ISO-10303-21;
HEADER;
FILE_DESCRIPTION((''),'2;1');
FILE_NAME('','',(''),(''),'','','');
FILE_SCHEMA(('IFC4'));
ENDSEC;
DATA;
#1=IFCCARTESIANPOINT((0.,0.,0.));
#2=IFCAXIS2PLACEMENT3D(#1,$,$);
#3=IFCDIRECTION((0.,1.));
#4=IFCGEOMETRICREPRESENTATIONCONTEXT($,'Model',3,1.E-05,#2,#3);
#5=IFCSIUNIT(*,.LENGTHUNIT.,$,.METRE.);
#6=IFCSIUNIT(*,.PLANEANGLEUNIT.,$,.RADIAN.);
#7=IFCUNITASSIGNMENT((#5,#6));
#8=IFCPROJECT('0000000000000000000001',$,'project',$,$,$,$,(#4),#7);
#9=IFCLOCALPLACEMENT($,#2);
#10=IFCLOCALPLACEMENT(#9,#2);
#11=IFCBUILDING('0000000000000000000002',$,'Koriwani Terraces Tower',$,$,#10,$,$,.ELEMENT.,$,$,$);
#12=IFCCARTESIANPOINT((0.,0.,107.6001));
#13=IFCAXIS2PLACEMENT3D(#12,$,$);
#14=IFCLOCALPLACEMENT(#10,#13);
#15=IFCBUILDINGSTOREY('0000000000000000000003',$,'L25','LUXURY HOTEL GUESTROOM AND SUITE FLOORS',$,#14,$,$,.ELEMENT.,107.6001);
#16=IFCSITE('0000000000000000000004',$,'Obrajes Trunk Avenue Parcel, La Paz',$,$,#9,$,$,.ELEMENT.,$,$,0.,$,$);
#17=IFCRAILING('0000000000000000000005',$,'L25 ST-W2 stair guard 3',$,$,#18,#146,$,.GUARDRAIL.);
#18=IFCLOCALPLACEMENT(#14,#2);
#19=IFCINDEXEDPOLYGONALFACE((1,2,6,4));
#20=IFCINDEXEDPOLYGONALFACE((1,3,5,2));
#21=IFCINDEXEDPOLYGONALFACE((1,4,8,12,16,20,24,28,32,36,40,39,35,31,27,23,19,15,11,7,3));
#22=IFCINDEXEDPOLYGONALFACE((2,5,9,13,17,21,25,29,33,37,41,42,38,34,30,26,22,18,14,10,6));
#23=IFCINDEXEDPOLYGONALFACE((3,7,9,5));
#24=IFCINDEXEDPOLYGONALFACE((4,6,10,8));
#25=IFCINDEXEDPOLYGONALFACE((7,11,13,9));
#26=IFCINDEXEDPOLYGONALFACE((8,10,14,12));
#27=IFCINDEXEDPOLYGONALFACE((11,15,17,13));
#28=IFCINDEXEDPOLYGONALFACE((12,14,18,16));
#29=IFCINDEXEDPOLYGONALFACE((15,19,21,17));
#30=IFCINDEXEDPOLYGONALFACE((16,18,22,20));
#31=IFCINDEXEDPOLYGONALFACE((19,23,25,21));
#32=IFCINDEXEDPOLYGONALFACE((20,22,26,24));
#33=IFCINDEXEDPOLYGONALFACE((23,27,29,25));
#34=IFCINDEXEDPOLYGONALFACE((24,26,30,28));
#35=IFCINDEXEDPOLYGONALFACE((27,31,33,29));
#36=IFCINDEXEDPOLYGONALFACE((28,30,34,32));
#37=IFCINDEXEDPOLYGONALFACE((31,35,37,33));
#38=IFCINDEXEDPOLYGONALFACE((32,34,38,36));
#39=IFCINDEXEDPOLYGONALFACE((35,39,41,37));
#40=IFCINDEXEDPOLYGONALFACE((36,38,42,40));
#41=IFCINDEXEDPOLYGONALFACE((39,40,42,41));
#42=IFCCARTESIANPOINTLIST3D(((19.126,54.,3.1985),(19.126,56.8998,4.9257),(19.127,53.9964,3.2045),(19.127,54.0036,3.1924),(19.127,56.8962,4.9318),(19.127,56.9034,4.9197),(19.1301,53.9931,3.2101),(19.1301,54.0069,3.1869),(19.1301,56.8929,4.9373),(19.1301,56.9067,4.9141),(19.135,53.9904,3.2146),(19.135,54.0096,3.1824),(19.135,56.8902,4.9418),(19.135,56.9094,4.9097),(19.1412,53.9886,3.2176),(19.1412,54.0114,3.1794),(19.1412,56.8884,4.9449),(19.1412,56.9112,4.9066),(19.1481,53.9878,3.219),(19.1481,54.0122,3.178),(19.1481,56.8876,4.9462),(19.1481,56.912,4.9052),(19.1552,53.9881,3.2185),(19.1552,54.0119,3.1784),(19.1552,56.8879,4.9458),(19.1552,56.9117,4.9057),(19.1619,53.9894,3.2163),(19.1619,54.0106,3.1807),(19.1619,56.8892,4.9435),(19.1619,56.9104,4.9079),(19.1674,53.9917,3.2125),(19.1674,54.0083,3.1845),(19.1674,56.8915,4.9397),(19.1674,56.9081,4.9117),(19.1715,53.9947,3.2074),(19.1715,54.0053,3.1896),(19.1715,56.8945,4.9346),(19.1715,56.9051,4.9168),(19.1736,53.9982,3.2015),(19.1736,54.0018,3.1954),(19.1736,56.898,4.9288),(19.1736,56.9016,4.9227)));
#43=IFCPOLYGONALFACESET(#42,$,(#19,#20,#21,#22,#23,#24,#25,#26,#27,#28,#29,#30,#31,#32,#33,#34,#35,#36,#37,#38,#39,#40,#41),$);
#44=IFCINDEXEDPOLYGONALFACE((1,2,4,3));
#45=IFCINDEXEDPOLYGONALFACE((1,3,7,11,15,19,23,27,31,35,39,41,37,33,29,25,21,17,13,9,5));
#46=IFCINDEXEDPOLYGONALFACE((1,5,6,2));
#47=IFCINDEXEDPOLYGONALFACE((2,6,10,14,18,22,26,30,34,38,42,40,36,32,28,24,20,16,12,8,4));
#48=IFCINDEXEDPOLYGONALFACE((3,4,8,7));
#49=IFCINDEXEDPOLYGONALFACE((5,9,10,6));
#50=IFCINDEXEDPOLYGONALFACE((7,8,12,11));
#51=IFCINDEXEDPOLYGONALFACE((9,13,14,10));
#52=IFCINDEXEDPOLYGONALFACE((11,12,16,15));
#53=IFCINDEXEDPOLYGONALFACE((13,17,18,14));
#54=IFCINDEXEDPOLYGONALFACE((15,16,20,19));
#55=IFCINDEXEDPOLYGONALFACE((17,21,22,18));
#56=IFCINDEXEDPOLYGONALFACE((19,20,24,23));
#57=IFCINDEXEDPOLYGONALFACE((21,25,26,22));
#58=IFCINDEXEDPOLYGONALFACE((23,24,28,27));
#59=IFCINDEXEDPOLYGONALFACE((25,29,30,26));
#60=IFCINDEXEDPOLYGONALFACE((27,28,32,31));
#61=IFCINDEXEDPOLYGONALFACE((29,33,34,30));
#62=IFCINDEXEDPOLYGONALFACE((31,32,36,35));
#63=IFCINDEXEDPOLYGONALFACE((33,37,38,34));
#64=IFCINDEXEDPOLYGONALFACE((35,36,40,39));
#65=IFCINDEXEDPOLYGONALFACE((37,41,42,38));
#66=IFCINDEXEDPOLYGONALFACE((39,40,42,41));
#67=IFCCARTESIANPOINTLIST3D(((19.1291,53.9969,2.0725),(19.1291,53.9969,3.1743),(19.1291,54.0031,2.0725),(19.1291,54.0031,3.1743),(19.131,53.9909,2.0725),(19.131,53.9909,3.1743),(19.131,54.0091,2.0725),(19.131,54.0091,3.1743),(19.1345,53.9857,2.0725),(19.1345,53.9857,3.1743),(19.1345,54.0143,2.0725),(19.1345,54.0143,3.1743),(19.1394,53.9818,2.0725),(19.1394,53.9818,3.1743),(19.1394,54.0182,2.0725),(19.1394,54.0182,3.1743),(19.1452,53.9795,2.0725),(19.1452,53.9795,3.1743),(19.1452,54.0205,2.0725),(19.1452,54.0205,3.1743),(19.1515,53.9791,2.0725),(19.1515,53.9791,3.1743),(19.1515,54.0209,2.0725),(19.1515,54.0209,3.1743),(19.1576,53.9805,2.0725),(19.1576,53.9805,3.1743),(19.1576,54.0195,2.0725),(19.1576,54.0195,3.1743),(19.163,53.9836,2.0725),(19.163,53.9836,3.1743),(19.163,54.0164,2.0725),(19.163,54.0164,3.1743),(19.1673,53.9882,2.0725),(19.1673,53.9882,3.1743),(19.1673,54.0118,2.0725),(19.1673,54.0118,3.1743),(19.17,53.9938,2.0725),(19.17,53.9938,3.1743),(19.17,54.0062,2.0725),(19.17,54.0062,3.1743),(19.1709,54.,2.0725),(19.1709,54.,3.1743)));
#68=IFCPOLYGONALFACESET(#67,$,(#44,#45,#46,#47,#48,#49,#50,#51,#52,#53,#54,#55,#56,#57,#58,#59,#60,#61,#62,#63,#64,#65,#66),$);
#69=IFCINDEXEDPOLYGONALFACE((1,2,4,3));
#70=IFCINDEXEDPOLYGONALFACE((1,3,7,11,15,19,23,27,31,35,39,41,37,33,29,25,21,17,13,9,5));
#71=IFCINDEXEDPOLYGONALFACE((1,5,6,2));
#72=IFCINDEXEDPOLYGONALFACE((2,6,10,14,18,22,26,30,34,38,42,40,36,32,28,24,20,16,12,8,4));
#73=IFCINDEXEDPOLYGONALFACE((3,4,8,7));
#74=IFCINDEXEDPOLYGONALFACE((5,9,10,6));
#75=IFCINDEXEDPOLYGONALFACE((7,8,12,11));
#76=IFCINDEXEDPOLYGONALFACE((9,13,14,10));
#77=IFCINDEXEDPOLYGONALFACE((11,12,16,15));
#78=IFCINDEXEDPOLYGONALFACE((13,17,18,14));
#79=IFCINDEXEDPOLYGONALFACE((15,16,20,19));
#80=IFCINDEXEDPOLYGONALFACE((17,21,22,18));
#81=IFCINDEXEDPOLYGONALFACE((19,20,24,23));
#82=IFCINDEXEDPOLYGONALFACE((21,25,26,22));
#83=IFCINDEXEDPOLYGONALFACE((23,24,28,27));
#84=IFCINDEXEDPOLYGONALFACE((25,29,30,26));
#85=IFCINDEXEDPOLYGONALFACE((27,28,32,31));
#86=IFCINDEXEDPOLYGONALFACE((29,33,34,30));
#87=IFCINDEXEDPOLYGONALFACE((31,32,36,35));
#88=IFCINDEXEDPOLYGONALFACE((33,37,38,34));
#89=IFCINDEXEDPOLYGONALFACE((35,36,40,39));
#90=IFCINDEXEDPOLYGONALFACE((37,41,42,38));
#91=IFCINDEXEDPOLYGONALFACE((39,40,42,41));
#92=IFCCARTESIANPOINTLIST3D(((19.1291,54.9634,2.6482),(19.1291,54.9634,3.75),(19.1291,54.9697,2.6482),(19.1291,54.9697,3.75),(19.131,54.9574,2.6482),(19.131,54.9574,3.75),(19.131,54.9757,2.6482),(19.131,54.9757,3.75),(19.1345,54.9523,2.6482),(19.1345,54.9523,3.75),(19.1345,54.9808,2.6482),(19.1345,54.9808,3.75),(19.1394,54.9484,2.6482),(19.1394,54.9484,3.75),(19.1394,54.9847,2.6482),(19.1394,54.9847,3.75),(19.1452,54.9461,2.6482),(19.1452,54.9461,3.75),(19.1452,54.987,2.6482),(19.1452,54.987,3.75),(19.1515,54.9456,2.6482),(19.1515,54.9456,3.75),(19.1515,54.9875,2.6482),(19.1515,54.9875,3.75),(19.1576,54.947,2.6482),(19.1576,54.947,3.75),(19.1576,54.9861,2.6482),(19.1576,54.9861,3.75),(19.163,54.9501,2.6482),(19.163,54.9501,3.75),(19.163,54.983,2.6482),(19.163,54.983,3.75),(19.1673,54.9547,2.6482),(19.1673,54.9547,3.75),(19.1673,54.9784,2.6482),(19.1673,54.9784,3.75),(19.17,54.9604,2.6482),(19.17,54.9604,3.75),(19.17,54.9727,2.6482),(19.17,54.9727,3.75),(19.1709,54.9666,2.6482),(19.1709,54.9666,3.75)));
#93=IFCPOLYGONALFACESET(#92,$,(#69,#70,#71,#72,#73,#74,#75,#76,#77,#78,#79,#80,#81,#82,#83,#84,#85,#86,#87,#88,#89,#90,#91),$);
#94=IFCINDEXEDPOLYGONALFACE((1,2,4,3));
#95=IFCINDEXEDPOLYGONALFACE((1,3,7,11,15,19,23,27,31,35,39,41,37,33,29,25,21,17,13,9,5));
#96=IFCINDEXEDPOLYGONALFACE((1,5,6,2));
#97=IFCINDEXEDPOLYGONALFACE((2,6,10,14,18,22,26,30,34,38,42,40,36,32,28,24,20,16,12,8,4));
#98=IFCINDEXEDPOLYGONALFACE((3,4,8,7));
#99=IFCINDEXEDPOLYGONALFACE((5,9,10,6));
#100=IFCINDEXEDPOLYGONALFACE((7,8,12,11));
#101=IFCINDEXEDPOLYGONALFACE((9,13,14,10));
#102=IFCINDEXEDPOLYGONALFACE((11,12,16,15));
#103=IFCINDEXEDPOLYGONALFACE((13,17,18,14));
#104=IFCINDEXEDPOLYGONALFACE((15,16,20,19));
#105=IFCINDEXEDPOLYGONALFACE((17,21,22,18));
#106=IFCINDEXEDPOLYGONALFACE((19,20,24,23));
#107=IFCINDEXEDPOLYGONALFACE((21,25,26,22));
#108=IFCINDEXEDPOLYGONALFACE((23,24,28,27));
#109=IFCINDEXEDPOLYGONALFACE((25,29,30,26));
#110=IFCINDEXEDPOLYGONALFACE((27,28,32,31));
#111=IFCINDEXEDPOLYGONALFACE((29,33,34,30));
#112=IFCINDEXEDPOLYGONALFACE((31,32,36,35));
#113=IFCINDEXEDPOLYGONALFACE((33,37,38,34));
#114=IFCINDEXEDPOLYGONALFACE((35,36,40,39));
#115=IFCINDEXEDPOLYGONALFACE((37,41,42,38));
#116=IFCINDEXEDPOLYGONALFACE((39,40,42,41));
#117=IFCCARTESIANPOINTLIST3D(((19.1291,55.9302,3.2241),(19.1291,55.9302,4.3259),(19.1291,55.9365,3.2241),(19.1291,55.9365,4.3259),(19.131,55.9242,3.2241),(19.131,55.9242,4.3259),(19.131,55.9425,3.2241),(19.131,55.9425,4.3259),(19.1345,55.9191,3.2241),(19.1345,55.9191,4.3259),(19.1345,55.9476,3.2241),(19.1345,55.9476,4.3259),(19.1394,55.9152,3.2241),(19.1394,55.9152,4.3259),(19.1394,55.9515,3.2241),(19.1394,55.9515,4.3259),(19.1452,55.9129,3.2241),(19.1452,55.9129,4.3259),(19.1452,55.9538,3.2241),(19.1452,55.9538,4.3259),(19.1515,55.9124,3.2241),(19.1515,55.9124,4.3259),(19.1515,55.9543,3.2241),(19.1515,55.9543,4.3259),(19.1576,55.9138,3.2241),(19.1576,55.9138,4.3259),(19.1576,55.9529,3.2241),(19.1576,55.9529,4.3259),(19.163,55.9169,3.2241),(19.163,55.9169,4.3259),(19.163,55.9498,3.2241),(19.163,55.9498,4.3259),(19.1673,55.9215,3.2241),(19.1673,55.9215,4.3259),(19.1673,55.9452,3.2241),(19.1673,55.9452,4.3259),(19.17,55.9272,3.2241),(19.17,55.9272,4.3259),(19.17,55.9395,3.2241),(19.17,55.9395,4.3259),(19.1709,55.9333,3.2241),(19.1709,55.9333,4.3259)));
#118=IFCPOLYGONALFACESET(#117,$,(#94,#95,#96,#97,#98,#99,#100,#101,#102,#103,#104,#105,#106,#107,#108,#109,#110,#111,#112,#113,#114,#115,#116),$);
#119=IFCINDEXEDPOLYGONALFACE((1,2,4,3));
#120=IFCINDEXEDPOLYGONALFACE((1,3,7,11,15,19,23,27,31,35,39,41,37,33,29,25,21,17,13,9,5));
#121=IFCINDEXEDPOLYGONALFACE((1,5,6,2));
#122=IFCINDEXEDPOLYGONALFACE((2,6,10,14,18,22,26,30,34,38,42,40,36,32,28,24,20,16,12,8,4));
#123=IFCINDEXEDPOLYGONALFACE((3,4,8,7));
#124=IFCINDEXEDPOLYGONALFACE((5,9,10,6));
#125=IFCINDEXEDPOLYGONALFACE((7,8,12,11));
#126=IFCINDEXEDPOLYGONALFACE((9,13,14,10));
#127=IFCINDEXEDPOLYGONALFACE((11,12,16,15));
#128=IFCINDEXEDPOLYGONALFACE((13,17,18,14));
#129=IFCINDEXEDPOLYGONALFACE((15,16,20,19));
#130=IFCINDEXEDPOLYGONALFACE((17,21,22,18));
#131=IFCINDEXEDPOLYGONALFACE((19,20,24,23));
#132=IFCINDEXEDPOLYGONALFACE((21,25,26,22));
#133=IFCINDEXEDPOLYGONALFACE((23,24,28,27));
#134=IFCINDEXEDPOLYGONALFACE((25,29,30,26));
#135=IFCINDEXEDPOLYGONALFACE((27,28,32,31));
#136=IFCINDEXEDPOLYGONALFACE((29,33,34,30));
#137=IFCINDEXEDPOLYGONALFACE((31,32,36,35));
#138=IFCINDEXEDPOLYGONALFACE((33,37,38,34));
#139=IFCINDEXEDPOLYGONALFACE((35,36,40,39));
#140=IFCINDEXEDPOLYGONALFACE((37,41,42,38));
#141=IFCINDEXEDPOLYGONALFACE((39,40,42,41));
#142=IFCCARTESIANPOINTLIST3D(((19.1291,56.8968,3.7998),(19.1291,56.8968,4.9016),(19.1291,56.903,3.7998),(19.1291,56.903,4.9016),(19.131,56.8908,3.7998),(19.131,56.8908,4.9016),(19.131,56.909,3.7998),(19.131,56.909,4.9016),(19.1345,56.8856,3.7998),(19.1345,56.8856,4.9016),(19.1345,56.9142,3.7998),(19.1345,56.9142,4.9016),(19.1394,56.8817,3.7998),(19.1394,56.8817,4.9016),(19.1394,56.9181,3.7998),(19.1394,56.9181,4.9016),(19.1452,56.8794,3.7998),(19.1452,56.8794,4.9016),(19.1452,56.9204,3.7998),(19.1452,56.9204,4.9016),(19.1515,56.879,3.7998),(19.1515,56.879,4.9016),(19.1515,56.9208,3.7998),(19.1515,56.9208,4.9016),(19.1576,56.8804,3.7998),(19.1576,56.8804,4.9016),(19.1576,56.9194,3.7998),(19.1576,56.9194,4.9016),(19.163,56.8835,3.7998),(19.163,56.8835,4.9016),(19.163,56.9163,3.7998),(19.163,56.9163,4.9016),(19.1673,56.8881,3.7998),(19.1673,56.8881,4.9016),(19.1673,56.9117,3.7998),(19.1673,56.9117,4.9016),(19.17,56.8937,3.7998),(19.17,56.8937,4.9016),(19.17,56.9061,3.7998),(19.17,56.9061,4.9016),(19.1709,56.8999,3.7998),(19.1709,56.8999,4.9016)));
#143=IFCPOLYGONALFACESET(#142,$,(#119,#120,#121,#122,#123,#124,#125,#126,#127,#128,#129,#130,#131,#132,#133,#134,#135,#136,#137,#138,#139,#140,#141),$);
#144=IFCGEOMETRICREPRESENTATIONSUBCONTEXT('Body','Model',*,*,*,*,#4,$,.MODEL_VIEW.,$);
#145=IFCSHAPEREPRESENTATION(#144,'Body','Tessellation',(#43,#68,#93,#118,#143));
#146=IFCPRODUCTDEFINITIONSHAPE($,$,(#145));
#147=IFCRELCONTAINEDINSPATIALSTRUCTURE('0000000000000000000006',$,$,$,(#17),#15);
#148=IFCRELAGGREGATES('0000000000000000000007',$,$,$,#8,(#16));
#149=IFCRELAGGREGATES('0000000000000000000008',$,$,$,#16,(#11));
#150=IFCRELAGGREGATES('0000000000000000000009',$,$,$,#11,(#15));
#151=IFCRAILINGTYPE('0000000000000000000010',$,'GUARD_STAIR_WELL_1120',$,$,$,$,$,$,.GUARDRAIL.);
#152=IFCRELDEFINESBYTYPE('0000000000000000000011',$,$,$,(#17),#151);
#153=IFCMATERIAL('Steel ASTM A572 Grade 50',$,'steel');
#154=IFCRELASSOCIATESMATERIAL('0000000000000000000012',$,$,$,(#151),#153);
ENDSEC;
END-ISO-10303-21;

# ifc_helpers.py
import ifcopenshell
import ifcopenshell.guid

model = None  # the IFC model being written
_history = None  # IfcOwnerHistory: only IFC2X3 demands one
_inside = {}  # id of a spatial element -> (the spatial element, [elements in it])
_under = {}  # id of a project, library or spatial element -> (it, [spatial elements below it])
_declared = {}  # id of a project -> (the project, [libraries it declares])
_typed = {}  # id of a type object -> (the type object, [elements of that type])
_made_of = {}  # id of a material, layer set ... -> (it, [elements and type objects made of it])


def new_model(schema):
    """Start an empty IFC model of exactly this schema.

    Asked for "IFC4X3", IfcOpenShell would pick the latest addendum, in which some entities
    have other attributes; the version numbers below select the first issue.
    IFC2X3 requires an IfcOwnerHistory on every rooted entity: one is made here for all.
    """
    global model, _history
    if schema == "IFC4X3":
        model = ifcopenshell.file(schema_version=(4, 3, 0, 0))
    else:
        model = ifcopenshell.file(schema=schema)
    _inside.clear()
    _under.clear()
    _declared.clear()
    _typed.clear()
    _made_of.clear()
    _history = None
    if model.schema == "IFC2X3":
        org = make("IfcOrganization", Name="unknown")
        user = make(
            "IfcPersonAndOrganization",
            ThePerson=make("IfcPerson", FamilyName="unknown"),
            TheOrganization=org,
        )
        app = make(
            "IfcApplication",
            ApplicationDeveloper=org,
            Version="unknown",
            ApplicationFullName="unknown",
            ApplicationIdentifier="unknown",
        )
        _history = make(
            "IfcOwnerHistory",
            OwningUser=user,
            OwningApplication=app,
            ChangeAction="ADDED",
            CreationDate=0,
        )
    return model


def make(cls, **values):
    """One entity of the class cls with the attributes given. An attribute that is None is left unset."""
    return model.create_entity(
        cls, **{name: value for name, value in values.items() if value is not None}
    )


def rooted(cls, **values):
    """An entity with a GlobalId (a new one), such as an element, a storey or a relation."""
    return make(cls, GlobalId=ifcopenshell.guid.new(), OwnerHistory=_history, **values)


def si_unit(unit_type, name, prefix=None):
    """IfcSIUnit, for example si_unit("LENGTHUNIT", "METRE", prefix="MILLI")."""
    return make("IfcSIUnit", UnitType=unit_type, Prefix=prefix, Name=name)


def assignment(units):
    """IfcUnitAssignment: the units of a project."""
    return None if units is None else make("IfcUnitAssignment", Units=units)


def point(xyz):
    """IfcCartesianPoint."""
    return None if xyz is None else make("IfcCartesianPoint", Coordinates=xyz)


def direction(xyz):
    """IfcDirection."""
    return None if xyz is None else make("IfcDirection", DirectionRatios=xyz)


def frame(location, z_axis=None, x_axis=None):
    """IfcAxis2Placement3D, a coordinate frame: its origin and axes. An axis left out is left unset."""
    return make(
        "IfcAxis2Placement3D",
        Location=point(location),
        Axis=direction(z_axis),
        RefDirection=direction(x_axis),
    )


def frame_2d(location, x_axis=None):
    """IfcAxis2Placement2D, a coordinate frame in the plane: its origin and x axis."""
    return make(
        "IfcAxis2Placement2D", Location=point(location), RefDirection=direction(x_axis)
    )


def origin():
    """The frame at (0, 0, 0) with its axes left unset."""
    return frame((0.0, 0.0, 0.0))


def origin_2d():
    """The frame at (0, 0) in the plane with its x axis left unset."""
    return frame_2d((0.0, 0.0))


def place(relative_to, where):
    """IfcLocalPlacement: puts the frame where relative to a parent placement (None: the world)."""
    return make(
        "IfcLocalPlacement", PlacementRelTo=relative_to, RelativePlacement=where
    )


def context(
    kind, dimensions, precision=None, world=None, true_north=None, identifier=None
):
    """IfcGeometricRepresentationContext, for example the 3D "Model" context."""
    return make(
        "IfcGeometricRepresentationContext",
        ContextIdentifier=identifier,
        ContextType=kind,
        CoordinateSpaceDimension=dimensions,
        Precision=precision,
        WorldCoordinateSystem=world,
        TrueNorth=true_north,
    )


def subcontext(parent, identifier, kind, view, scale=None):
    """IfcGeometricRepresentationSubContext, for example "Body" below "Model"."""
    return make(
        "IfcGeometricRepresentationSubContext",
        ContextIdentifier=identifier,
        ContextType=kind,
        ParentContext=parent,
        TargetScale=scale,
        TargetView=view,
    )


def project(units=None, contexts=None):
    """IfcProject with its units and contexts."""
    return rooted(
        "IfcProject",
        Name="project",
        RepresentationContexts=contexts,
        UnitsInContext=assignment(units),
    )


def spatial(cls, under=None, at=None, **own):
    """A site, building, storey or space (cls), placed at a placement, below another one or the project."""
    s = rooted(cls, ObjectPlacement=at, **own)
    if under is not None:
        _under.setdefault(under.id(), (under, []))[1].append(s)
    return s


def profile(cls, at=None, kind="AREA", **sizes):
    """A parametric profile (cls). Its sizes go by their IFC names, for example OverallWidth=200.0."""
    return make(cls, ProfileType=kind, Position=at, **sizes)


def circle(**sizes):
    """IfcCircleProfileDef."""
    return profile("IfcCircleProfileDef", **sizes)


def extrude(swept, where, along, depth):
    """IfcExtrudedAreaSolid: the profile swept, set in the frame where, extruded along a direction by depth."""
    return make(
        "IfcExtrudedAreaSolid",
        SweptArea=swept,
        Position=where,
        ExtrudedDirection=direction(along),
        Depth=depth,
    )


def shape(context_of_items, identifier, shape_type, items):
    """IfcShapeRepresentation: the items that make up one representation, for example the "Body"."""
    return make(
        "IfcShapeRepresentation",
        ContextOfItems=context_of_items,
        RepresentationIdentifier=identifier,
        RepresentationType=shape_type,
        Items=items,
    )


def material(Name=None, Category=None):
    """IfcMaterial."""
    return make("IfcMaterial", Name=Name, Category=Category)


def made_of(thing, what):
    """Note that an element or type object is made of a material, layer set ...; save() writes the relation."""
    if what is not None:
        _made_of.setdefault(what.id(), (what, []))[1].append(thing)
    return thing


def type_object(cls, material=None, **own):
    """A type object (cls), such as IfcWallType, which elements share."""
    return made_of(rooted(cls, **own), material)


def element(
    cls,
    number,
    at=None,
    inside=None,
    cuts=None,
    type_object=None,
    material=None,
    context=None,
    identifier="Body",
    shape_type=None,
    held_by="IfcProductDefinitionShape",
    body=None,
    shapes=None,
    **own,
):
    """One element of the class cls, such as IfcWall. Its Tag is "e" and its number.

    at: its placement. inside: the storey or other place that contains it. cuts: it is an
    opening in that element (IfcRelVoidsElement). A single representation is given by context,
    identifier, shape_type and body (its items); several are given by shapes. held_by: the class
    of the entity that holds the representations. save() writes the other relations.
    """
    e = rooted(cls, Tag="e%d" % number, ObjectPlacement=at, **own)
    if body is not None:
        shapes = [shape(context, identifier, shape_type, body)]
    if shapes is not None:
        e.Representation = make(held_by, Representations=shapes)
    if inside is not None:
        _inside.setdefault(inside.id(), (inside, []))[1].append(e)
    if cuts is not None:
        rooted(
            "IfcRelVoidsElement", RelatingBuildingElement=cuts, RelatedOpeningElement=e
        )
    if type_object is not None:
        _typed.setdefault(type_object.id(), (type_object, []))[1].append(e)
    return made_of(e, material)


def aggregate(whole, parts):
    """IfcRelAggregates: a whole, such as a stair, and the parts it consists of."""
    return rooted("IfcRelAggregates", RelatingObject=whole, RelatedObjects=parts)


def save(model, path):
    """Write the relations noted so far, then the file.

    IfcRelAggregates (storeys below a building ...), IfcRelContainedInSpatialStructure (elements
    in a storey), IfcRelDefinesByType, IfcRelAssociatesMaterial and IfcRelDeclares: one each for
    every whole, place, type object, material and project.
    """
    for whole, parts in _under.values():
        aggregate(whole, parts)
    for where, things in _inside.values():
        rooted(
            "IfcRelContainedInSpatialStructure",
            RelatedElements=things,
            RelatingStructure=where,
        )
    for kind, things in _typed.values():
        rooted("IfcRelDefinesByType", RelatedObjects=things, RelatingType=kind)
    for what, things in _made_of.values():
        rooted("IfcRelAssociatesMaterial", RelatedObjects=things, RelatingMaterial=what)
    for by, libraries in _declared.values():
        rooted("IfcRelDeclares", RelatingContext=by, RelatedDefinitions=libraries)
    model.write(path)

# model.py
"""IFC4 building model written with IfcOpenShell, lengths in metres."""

from ifc_helpers import new_model, si_unit, direction, frame, origin, origin_2d, place, context, subcontext, project, spatial, circle, extrude, material, type_object, element, save


model = new_model("IFC4")

# Units and contexts
model_context = context("Model", 3, precision=1e-05, world=origin(), true_north=direction((0.0, 1.0)))
body_context = subcontext(model_context, "Body", "Model", "MODEL_VIEW")
ifc_project = project(units=[si_unit("LENGTHUNIT", "METRE"), si_unit("PLANEANGLEUNIT", "RADIAN")], contexts=[model_context])

# Site, building, storey
site_placement = place(None, origin())
site = spatial("IfcSite", under=ifc_project, at=site_placement, Name="Obrajes Trunk Avenue Parcel, La Paz", CompositionType="ELEMENT", RefElevation=0.0)
building_placement = place(site_placement, origin())
building = spatial("IfcBuilding", under=site, at=building_placement, Name="Koriwani Terraces Tower", CompositionType="ELEMENT")
storey_placement = place(building_placement, frame((0.0, 0.0, 107.6001)))
storey = spatial("IfcBuildingStorey", under=building, at=storey_placement, Name="L25", Description="LUXURY HOTEL GUESTROOM AND SUITE FLOORS", CompositionType="ELEMENT", Elevation=107.6001)

# Shared definitions
ifc_material_1 = material(Name="Steel ASTM A572 Grade 50", Category="steel")

# Railing
railing_type_1 = type_object("IfcRailingType", Name="GUARD_STAIR_WELL_1120", PredefinedType="GUARDRAIL", material=ifc_material_1)
railing_1_placement = place(storey_placement, frame((19.1499, 54.0, 2.0725)))
element("IfcRailing", 1, at=railing_1_placement, inside=storey, type_object=railing_type_1, Name="L25 ST-W2 stair guard 3", PredefinedType="GUARDRAIL", context=body_context, shape_type="SweptSolid", body=[
    extrude(circle(Radius=0.0239, at=origin_2d()), frame((0.0, 0.0, 1.126), z_axis=(0.0, 0.859141, 0.511738), x_axis=(-1.0, 0.0, 0.0)), (0.0, 0.0, 1.0), 3.3752),
    extrude(circle(Radius=0.021, at=origin_2d()), origin(), (0.0, 0.0, 1.0), 1.1018),
    extrude(circle(Radius=0.021, at=origin_2d()), frame((0.0, 0.9666, 0.5757)), (0.0, 0.0, 1.0), 1.1018),
    extrude(circle(Radius=0.021, at=origin_2d()), frame((0.0, 1.9333, 1.1516)), (0.0, 0.0, 1.0), 1.1018),
    extrude(circle(Radius=0.021, at=origin_2d()), frame((0.0, 2.8999, 1.7273)), (0.0, 0.0, 1.0), 1.1018),
])

save(model, "model.ifc")
